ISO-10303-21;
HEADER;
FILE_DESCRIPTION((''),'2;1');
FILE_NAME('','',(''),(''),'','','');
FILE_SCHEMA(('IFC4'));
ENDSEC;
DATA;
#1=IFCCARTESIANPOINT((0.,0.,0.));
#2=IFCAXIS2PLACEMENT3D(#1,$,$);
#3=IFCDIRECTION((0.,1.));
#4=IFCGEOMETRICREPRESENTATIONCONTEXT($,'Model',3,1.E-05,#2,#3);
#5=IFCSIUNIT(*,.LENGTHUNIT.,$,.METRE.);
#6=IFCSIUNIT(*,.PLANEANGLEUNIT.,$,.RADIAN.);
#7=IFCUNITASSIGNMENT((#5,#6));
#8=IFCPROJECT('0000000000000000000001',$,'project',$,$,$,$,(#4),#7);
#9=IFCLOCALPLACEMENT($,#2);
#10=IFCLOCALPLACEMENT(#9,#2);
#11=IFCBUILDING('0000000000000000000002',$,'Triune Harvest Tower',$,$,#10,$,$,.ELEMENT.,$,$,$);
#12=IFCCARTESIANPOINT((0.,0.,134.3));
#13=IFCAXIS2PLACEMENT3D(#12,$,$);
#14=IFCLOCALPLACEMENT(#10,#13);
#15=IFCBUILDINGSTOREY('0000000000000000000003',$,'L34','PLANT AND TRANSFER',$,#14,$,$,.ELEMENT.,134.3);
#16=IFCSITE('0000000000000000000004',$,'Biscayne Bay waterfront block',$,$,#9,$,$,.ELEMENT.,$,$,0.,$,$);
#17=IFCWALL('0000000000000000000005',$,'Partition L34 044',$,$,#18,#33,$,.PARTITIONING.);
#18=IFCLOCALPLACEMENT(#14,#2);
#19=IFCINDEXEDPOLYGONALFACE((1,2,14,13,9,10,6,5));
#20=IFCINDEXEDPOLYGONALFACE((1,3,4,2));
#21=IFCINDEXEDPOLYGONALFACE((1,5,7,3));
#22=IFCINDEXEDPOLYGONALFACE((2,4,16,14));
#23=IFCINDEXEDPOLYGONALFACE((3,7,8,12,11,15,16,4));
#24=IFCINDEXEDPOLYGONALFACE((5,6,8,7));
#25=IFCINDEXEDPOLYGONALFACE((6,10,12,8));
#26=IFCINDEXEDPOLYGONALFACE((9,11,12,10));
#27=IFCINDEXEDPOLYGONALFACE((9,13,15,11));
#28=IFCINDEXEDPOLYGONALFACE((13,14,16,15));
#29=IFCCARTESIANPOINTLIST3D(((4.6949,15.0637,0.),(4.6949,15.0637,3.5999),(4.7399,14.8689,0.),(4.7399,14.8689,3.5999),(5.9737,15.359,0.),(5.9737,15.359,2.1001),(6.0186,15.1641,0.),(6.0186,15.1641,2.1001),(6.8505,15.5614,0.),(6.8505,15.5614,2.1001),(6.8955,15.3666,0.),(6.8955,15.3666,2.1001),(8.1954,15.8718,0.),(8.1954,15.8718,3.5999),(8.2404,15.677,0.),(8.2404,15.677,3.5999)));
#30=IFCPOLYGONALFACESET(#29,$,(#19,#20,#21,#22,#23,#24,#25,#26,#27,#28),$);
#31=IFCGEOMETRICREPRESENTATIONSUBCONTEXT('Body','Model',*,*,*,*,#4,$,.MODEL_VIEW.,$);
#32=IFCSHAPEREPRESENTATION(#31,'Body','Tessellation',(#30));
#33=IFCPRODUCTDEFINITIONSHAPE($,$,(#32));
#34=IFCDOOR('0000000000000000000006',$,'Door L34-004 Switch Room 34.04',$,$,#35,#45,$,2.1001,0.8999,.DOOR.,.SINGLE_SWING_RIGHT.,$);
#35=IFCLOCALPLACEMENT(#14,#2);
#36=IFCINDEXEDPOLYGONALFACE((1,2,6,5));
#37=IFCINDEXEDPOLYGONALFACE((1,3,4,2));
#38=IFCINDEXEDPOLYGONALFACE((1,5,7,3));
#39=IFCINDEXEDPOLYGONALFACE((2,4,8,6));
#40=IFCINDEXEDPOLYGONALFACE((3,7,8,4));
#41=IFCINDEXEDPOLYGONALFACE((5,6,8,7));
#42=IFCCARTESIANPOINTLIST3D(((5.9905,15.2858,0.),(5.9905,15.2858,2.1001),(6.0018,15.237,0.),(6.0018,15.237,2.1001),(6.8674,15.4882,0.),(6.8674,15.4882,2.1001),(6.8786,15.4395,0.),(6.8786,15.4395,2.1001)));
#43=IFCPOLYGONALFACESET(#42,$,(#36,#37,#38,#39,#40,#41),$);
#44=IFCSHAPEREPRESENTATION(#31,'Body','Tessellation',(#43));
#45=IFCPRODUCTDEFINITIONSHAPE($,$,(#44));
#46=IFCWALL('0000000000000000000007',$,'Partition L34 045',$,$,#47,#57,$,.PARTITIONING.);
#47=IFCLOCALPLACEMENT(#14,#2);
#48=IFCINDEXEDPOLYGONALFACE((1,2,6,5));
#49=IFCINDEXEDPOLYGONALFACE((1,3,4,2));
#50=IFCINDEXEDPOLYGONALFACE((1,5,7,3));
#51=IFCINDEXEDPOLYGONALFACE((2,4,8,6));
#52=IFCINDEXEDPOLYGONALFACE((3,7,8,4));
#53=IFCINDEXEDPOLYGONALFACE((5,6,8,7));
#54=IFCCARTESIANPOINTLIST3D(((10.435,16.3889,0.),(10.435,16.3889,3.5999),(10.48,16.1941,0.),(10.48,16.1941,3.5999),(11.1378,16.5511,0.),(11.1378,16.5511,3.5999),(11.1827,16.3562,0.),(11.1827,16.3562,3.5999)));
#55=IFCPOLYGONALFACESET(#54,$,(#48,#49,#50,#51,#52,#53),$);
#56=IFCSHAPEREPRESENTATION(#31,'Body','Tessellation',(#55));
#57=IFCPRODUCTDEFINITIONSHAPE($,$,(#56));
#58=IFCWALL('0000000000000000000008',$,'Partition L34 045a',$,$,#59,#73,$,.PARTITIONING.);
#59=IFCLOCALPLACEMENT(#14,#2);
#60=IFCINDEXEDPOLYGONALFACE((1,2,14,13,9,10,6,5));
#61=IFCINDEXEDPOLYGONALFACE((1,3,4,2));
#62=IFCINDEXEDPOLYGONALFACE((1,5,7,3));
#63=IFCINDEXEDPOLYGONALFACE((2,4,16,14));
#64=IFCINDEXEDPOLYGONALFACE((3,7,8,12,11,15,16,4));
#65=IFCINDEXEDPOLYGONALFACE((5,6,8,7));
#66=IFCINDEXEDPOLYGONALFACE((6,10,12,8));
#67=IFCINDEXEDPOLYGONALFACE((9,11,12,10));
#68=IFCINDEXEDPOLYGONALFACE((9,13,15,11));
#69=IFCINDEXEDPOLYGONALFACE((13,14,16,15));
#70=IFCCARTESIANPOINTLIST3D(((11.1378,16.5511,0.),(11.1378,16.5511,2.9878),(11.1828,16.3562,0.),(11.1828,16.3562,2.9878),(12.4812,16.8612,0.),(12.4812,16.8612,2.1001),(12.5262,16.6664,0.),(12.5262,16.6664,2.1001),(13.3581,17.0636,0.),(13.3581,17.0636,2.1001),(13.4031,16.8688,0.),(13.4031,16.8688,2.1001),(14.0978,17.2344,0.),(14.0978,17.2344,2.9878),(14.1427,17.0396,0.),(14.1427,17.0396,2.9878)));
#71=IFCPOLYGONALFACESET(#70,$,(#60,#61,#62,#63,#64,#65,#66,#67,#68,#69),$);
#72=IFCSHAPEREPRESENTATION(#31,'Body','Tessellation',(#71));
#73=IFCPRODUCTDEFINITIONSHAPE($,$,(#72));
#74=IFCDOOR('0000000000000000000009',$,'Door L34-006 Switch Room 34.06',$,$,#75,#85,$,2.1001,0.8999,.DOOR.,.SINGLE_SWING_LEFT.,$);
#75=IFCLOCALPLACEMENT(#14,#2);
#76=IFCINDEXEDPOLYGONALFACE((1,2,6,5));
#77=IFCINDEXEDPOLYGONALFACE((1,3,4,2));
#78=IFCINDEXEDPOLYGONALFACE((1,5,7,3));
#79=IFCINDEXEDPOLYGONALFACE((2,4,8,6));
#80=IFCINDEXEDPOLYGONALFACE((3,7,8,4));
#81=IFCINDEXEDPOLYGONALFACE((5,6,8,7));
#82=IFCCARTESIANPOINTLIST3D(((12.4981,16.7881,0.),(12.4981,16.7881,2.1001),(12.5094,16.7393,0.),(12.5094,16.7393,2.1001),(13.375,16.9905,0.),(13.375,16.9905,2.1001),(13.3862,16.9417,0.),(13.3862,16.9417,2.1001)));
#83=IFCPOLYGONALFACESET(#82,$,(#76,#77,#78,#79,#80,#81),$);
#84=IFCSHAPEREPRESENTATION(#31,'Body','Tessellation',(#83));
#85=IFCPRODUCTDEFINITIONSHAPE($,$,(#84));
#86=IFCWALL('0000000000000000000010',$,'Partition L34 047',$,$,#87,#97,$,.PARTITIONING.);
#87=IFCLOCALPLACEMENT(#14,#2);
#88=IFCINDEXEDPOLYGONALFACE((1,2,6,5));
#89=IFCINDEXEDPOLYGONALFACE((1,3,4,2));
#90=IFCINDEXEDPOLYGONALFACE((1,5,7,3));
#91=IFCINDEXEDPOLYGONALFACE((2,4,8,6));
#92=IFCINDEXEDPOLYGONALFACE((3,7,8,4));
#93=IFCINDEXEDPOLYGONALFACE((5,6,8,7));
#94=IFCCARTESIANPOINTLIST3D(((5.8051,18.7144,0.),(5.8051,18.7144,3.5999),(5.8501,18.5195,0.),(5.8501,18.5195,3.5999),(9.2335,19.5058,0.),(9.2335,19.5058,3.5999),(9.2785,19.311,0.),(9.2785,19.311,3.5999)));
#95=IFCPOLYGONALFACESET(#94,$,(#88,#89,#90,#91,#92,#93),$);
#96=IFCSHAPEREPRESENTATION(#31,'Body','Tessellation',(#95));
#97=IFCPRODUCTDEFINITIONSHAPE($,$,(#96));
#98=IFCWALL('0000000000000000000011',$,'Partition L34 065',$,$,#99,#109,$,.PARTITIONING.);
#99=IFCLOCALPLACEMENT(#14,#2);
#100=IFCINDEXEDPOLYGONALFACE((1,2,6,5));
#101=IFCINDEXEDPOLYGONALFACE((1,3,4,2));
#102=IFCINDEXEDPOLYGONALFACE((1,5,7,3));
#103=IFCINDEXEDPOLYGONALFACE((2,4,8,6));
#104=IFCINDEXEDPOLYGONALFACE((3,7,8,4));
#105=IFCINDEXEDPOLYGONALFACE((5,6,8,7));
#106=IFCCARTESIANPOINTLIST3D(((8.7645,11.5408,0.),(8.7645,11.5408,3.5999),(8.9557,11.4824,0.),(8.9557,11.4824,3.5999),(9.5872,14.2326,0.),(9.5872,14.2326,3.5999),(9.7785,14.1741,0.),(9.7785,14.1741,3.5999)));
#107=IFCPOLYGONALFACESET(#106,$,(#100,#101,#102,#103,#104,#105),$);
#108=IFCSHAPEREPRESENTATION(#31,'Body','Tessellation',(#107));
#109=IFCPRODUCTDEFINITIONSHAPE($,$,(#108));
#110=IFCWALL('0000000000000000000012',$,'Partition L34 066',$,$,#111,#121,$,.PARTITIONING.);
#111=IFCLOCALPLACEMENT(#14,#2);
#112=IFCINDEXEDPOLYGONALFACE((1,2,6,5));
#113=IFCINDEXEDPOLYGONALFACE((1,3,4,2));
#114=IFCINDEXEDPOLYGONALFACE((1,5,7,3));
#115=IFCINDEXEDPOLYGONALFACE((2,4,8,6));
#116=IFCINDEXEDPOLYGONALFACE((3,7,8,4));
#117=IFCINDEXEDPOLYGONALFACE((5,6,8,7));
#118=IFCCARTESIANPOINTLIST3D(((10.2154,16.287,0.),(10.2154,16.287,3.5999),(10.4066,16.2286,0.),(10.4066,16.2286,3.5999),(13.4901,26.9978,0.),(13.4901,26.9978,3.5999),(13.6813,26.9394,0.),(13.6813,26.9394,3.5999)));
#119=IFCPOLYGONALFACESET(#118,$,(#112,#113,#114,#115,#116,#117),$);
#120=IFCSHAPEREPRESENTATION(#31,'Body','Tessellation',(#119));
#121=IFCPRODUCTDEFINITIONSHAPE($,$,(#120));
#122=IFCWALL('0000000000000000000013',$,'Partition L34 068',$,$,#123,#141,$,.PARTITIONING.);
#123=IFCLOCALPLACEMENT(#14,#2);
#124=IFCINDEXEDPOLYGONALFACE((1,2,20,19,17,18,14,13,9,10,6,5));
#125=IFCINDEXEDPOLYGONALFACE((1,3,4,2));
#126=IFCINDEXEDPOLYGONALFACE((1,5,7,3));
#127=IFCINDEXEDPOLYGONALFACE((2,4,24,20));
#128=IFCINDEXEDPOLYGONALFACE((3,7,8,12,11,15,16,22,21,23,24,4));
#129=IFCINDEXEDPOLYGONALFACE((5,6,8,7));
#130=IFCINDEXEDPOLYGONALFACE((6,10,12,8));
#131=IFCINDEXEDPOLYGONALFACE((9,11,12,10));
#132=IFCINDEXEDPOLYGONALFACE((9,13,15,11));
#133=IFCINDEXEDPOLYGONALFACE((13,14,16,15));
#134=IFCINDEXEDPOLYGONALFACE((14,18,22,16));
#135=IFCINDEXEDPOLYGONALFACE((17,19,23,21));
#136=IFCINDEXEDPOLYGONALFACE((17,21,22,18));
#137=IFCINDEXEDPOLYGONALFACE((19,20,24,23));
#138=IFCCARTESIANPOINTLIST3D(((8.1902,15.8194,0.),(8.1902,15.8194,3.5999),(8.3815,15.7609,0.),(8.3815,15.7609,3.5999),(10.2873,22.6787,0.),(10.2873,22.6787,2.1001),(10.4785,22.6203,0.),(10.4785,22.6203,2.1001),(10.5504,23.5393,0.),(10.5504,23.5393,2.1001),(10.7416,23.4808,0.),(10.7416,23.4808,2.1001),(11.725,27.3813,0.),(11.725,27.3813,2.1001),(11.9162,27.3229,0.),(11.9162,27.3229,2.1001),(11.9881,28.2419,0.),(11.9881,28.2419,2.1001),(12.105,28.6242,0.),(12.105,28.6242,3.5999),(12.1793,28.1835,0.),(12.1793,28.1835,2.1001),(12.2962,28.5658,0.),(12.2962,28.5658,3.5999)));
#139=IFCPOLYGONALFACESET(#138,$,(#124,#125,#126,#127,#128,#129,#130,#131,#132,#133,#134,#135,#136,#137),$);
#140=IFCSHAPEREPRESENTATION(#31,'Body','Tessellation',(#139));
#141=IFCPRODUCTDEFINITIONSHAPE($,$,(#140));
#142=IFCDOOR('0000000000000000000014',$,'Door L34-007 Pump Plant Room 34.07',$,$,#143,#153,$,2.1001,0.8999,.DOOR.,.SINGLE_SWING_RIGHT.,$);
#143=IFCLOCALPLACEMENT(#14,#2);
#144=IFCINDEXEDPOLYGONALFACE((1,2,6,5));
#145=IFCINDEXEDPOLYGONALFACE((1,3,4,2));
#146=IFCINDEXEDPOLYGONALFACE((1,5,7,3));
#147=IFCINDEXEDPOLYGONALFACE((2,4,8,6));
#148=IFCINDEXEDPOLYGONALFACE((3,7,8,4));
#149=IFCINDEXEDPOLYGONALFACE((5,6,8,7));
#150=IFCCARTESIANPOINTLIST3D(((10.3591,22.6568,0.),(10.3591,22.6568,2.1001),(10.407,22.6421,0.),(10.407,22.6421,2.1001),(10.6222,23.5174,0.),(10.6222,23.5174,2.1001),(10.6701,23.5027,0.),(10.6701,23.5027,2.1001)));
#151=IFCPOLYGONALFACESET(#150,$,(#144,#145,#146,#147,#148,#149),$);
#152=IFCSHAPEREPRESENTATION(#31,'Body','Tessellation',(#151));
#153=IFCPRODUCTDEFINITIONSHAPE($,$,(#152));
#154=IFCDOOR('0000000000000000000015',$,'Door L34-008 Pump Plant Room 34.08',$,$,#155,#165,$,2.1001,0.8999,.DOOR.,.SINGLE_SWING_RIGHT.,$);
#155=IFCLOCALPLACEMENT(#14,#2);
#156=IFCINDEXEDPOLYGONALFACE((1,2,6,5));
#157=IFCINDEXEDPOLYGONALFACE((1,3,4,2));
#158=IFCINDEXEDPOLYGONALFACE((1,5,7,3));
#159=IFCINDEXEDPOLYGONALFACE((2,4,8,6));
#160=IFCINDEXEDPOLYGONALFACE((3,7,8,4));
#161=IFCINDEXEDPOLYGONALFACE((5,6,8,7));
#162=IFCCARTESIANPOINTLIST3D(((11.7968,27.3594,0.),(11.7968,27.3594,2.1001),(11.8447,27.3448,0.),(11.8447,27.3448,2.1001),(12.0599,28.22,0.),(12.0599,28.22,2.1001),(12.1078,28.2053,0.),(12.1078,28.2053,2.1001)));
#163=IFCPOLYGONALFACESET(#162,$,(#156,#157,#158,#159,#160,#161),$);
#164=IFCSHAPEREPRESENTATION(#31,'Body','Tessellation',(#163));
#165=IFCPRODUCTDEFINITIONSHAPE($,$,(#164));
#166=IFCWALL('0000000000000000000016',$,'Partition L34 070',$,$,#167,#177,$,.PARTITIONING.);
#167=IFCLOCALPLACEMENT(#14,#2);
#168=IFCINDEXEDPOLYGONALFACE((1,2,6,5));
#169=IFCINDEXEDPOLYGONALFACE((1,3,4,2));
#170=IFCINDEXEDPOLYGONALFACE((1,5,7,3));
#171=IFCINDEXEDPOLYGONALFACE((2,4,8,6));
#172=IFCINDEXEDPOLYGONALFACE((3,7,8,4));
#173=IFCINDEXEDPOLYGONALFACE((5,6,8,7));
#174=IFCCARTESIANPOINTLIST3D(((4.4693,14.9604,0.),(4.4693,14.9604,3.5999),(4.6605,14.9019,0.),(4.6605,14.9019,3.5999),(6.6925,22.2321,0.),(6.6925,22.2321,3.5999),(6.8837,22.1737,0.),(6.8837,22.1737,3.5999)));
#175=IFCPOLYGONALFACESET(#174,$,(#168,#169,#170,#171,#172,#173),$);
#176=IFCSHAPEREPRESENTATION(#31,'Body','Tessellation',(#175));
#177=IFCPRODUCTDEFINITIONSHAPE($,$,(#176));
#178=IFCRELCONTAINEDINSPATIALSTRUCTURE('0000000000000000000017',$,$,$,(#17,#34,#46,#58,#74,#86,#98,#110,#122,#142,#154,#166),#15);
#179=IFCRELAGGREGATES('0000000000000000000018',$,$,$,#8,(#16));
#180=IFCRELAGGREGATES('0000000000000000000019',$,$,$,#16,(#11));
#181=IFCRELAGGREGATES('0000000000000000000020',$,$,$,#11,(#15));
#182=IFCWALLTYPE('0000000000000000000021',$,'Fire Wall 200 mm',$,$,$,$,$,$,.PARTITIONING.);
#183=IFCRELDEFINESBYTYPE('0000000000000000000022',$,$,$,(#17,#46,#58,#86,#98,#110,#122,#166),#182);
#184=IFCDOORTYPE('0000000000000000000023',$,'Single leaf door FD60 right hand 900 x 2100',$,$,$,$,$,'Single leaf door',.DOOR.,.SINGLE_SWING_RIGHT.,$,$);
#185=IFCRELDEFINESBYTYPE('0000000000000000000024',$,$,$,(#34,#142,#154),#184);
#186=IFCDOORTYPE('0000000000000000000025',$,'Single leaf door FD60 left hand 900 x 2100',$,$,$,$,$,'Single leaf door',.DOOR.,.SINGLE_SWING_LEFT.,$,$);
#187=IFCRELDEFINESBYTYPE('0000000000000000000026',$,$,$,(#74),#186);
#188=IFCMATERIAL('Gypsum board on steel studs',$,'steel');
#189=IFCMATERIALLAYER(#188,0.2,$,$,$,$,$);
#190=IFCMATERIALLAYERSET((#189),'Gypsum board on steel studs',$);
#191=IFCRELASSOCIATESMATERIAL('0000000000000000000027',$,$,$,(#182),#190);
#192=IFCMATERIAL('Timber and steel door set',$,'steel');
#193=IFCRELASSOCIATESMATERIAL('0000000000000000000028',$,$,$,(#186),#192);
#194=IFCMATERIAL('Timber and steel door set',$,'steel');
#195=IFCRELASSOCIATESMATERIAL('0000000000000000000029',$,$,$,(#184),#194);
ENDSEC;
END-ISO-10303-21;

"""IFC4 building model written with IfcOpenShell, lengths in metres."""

from ifc_helpers import new_model, si_unit, direction, frame, frame_2d, origin, place, context, subcontext, project, spatial, rectangle, extrude, material, layer, layer_set, type_object, element, fill, save


model = new_model("IFC4")

# Units and contexts
model_context = context("Model", 3, precision=1e-05, world=origin(), true_north=direction((0.0, 1.0)))
body_context = subcontext(model_context, "Body", "Model", "MODEL_VIEW")
ifc_project = project(units=[si_unit("LENGTHUNIT", "METRE"), si_unit("PLANEANGLEUNIT", "RADIAN")], contexts=[model_context])

# Site, building, storey
site_placement = place(None, origin())
site = spatial("IfcSite", under=ifc_project, at=site_placement, Name="Biscayne Bay waterfront block", CompositionType="ELEMENT", RefElevation=0.0)
building_placement = place(site_placement, origin())
building = spatial("IfcBuilding", under=site, at=building_placement, Name="Triune Harvest Tower", CompositionType="ELEMENT")
storey_placement = place(building_placement, frame((0.0, 0.0, 134.3)))
storey = spatial("IfcBuildingStorey", under=building, at=storey_placement, Name="L34", Description="PLANT AND TRANSFER", CompositionType="ELEMENT", Elevation=134.3)

# Shared definitions
ifc_material_1 = material(Name="Gypsum board on steel studs", Category="steel")
ifc_layer_1 = layer(ifc_material_1, 0.2)
ifc_layer_set_1 = layer_set([ifc_layer_1], Name="Gypsum board on steel studs")
wall_type_1 = type_object("IfcWallType", Name="Fire Wall 200 mm", PredefinedType="PARTITIONING", material=ifc_layer_set_1)
ifc_material_2 = material(Name="Timber and steel door set", Category="steel")
door_type_1 = type_object("IfcDoorType", Name="Single leaf door FD60 left hand 900 x 2100", ElementType="Single leaf door", OperationType="SINGLE_SWING_LEFT", PredefinedType="DOOR", material=ifc_material_2)

# Wall, opening, door
ifc_material_3 = material(Name="Timber and steel door set", Category="steel")
door_type_2 = type_object("IfcDoorType", Name="Single leaf door FD60 right hand 900 x 2100", ElementType="Single leaf door", OperationType="SINGLE_SWING_RIGHT", PredefinedType="DOOR", material=ifc_material_3)
wall_1_placement = place(storey_placement, frame((4.7173, 14.9663, 0.0), z_axis=(0.0, 0.0, 1.0), x_axis=(0.974373, 0.224939, 0.0)))
wall_1 = element("IfcWall", 1, at=wall_1_placement, inside=storey, type_object=wall_type_1, Name="Partition L34 044", PredefinedType="PARTITIONING", context=body_context, shape_type="SweptSolid", body=[
    extrude(rectangle(XDim=3.5925, YDim=0.2, at=frame_2d((1.7964, 0.0))), origin(), (0.0, 0.0, 1.0), 3.5999),
])
opening_1_placement = place(wall_1_placement, frame((1.3125, 0.0, 0.0)))
opening_1 = element("IfcOpeningElement", 2, at=opening_1_placement, cuts=wall_1, PredefinedType="OPENING", context=body_context, shape_type="SweptSolid", body=[
    extrude(rectangle(XDim=0.8999, YDim=2.1001, at=frame_2d((0.45, 1.05))), frame((0.0, 0.1099, 0.0), z_axis=(0.0, -1.0, 0.0), x_axis=(1.0, 0.0, 0.0)), (0.0, 0.0, 1.0), 0.22),
])
door_1_placement = place(opening_1_placement, origin())
door_1 = element("IfcDoor", 3, at=door_1_placement, inside=storey, type_object=door_type_2, Name="Door L34-004 Switch Room 34.04", OperationType="SINGLE_SWING_RIGHT", OverallHeight=2.1001, OverallWidth=0.8999, PredefinedType="DOOR", context=body_context, shape_type="SweptSolid", body=[
    extrude(rectangle(XDim=0.8999, YDim=2.1001, at=frame_2d((0.45, 1.05))), frame((0.0, 0.0249, 0.0), z_axis=(0.0, -1.0, 0.0), x_axis=(1.0, 0.0, 0.0)), (0.0, 0.0, 1.0), 0.05),
])
fill(opening_1, door_1)

# Wall
wall_2_placement = place(storey_placement, frame((10.4575, 16.2915, 0.0), z_axis=(0.0, 0.0, 1.0), x_axis=(0.974403, 0.22481, 0.0)))
element("IfcWall", 4, at=wall_2_placement, inside=storey, type_object=wall_type_1, Name="Partition L34 045", PredefinedType="PARTITIONING", context=body_context, shape_type="SweptSolid", body=[
    extrude(rectangle(XDim=0.7212, YDim=0.2, at=frame_2d((0.3606, 0.0))), origin(), (0.0, 0.0, 1.0), 3.5999),
])

# Wall, opening, door
wall_3_placement = place(storey_placement, frame((11.1602, 16.4536, 0.0), z_axis=(0.0, 0.0, 1.0), x_axis=(0.974371, 0.224948, 0.0)))
wall_3 = element("IfcWall", 5, at=wall_3_placement, inside=storey, type_object=wall_type_1, Name="Partition L34 045a", PredefinedType="PARTITIONING", context=body_context, shape_type="SweptSolid", body=[
    extrude(rectangle(XDim=3.0378, YDim=0.2, at=frame_2d((1.519, 0.0))), origin(), (0.0, 0.0, 1.0), 2.9878),
])
opening_2_placement = place(wall_3_placement, frame((1.3789, 0.0, 0.0)))
opening_2 = element("IfcOpeningElement", 6, at=opening_2_placement, cuts=wall_3, PredefinedType="OPENING", context=body_context, shape_type="SweptSolid", body=[
    extrude(rectangle(XDim=0.8999, YDim=2.1001, at=frame_2d((0.45, 1.05))), frame((0.0, 0.1099, 0.0), z_axis=(0.0, -1.0, 0.0), x_axis=(1.0, 0.0, 0.0)), (0.0, 0.0, 1.0), 0.22),
])
door_2_placement = place(opening_2_placement, origin())
door_2 = element("IfcDoor", 7, at=door_2_placement, inside=storey, type_object=door_type_1, Name="Door L34-006 Switch Room 34.06", OperationType="SINGLE_SWING_LEFT", OverallHeight=2.1001, OverallWidth=0.8999, PredefinedType="DOOR", context=body_context, shape_type="SweptSolid", body=[
    extrude(rectangle(XDim=0.8999, YDim=2.1001, at=frame_2d((0.45, 1.05))), frame((0.0, 0.0249, 0.0), z_axis=(0.0, -1.0, 0.0), x_axis=(1.0, 0.0, 0.0)), (0.0, 0.0, 1.0), 0.05),
])
fill(opening_2, door_2)

# Walls
wall_4_placement = place(storey_placement, frame((5.8276, 18.6169, 0.0), z_axis=(0.0, 0.0, 1.0), x_axis=(0.974371, 0.224946, 0.0)))
element("IfcWall", 8, at=wall_4_placement, inside=storey, type_object=wall_type_1, Name="Partition L34 047", PredefinedType="PARTITIONING", context=body_context, shape_type="SweptSolid", body=[
    extrude(rectangle(XDim=3.5186, YDim=0.2, at=frame_2d((1.7593, 0.0))), origin(), (0.0, 0.0, 1.0), 3.5999),
])
wall_5_placement = place(storey_placement, frame((8.8601, 11.5117, 0.0), z_axis=(0.0, 0.0, 1.0), x_axis=(0.292318, 0.956321, 0.0)))
element("IfcWall", 9, at=wall_5_placement, inside=storey, type_object=wall_type_1, Name="Partition L34 065", PredefinedType="PARTITIONING", context=body_context, shape_type="SweptSolid", body=[
    extrude(rectangle(XDim=2.8147, YDim=0.2, at=frame_2d((1.4072, 0.0))), origin(), (0.0, 0.0, 1.0), 3.5999),
])
wall_6_placement = place(storey_placement, frame((10.311, 16.2578, 0.0), z_axis=(0.0, 0.0, 1.0), x_axis=(0.292377, 0.956303, 0.0)))
element("IfcWall", 10, at=wall_6_placement, inside=storey, type_object=wall_type_1, Name="Partition L34 066", PredefinedType="PARTITIONING", context=body_context, shape_type="SweptSolid", body=[
    extrude(rectangle(XDim=11.2002, YDim=0.2, at=frame_2d((5.6001, 0.0))), origin(), (0.0, 0.0, 1.0), 3.5999),
])

# Wall, openings, doors
wall_7_placement = place(storey_placement, frame((8.2859, 15.7903, 0.0), z_axis=(0.0, 0.0, 1.0), x_axis=(0.292367, 0.956306, 0.0)))
wall_7 = element("IfcWall", 11, at=wall_7_placement, inside=storey, type_object=wall_type_1, Name="Partition L34 068", PredefinedType="PARTITIONING", context=body_context, shape_type="SweptSolid", body=[
    extrude(rectangle(XDim=13.3899, YDim=0.2, at=frame_2d((6.6948, 0.0))), origin(), (0.0, 0.0, 1.0), 3.5999),
])
opening_3_placement = place(wall_7_placement, frame((7.1726, 0.0, 0.0)))
opening_3 = element("IfcOpeningElement", 12, at=opening_3_placement, cuts=wall_7, PredefinedType="OPENING", context=body_context, shape_type="SweptSolid", body=[
    extrude(rectangle(XDim=0.8999, YDim=2.1001, at=frame_2d((0.45, 1.05))), frame((0.0, 0.1099, 0.0), z_axis=(0.0, -1.0, 0.0), x_axis=(1.0, 0.0, 0.0)), (0.0, 0.0, 1.0), 0.22),
])
opening_4_placement = place(wall_7_placement, frame((12.0901, 0.0, 0.0)))
opening_4 = element("IfcOpeningElement", 13, at=opening_4_placement, cuts=wall_7, PredefinedType="OPENING", context=body_context, shape_type="SweptSolid", body=[
    extrude(rectangle(XDim=0.8999, YDim=2.1001, at=frame_2d((0.45, 1.05))), frame((0.0, 0.1099, 0.0), z_axis=(0.0, -1.0, 0.0), x_axis=(1.0, 0.0, 0.0)), (0.0, 0.0, 1.0), 0.22),
])
door_3_placement = place(opening_3_placement, origin())
door_3 = element("IfcDoor", 14, at=door_3_placement, inside=storey, type_object=door_type_2, Name="Door L34-007 Pump Plant Room 34.07", OperationType="SINGLE_SWING_RIGHT", OverallHeight=2.1001, OverallWidth=0.8999, PredefinedType="DOOR", context=body_context, shape_type="SweptSolid", body=[
    extrude(rectangle(XDim=0.8999, YDim=2.1001, at=frame_2d((0.45, 1.05))), frame((0.0, 0.0249, 0.0), z_axis=(0.0, -1.0, 0.0), x_axis=(1.0, 0.0, 0.0)), (0.0, 0.0, 1.0), 0.05),
])
fill(opening_3, door_3)
door_4_placement = place(opening_4_placement, origin())
door_4 = element("IfcDoor", 15, at=door_4_placement, inside=storey, type_object=door_type_2, Name="Door L34-008 Pump Plant Room 34.08", OperationType="SINGLE_SWING_RIGHT", OverallHeight=2.1001, OverallWidth=0.8999, PredefinedType="DOOR", context=body_context, shape_type="SweptSolid", body=[
    extrude(rectangle(XDim=0.8999, YDim=2.1001, at=frame_2d((0.45, 1.05))), frame((0.0, 0.0249, 0.0), z_axis=(0.0, -1.0, 0.0), x_axis=(1.0, 0.0, 0.0)), (0.0, 0.0, 1.0), 0.05),
])
fill(opening_4, door_4)

# Wall
wall_8_placement = place(storey_placement, frame((4.5649, 14.9312, 0.0), z_axis=(0.0, 0.0, 1.0), x_axis=(0.292366, 0.956306, 0.0)))
element("IfcWall", 16, at=wall_8_placement, inside=storey, type_object=wall_type_1, Name="Partition L34 070", PredefinedType="PARTITIONING", context=body_context, shape_type="SweptSolid", body=[
    extrude(rectangle(XDim=7.604, YDim=0.2, at=frame_2d((3.802, 0.0))), origin(), (0.0, 0.0, 1.0), 3.5999),
])

save(model, "model.ifc")
